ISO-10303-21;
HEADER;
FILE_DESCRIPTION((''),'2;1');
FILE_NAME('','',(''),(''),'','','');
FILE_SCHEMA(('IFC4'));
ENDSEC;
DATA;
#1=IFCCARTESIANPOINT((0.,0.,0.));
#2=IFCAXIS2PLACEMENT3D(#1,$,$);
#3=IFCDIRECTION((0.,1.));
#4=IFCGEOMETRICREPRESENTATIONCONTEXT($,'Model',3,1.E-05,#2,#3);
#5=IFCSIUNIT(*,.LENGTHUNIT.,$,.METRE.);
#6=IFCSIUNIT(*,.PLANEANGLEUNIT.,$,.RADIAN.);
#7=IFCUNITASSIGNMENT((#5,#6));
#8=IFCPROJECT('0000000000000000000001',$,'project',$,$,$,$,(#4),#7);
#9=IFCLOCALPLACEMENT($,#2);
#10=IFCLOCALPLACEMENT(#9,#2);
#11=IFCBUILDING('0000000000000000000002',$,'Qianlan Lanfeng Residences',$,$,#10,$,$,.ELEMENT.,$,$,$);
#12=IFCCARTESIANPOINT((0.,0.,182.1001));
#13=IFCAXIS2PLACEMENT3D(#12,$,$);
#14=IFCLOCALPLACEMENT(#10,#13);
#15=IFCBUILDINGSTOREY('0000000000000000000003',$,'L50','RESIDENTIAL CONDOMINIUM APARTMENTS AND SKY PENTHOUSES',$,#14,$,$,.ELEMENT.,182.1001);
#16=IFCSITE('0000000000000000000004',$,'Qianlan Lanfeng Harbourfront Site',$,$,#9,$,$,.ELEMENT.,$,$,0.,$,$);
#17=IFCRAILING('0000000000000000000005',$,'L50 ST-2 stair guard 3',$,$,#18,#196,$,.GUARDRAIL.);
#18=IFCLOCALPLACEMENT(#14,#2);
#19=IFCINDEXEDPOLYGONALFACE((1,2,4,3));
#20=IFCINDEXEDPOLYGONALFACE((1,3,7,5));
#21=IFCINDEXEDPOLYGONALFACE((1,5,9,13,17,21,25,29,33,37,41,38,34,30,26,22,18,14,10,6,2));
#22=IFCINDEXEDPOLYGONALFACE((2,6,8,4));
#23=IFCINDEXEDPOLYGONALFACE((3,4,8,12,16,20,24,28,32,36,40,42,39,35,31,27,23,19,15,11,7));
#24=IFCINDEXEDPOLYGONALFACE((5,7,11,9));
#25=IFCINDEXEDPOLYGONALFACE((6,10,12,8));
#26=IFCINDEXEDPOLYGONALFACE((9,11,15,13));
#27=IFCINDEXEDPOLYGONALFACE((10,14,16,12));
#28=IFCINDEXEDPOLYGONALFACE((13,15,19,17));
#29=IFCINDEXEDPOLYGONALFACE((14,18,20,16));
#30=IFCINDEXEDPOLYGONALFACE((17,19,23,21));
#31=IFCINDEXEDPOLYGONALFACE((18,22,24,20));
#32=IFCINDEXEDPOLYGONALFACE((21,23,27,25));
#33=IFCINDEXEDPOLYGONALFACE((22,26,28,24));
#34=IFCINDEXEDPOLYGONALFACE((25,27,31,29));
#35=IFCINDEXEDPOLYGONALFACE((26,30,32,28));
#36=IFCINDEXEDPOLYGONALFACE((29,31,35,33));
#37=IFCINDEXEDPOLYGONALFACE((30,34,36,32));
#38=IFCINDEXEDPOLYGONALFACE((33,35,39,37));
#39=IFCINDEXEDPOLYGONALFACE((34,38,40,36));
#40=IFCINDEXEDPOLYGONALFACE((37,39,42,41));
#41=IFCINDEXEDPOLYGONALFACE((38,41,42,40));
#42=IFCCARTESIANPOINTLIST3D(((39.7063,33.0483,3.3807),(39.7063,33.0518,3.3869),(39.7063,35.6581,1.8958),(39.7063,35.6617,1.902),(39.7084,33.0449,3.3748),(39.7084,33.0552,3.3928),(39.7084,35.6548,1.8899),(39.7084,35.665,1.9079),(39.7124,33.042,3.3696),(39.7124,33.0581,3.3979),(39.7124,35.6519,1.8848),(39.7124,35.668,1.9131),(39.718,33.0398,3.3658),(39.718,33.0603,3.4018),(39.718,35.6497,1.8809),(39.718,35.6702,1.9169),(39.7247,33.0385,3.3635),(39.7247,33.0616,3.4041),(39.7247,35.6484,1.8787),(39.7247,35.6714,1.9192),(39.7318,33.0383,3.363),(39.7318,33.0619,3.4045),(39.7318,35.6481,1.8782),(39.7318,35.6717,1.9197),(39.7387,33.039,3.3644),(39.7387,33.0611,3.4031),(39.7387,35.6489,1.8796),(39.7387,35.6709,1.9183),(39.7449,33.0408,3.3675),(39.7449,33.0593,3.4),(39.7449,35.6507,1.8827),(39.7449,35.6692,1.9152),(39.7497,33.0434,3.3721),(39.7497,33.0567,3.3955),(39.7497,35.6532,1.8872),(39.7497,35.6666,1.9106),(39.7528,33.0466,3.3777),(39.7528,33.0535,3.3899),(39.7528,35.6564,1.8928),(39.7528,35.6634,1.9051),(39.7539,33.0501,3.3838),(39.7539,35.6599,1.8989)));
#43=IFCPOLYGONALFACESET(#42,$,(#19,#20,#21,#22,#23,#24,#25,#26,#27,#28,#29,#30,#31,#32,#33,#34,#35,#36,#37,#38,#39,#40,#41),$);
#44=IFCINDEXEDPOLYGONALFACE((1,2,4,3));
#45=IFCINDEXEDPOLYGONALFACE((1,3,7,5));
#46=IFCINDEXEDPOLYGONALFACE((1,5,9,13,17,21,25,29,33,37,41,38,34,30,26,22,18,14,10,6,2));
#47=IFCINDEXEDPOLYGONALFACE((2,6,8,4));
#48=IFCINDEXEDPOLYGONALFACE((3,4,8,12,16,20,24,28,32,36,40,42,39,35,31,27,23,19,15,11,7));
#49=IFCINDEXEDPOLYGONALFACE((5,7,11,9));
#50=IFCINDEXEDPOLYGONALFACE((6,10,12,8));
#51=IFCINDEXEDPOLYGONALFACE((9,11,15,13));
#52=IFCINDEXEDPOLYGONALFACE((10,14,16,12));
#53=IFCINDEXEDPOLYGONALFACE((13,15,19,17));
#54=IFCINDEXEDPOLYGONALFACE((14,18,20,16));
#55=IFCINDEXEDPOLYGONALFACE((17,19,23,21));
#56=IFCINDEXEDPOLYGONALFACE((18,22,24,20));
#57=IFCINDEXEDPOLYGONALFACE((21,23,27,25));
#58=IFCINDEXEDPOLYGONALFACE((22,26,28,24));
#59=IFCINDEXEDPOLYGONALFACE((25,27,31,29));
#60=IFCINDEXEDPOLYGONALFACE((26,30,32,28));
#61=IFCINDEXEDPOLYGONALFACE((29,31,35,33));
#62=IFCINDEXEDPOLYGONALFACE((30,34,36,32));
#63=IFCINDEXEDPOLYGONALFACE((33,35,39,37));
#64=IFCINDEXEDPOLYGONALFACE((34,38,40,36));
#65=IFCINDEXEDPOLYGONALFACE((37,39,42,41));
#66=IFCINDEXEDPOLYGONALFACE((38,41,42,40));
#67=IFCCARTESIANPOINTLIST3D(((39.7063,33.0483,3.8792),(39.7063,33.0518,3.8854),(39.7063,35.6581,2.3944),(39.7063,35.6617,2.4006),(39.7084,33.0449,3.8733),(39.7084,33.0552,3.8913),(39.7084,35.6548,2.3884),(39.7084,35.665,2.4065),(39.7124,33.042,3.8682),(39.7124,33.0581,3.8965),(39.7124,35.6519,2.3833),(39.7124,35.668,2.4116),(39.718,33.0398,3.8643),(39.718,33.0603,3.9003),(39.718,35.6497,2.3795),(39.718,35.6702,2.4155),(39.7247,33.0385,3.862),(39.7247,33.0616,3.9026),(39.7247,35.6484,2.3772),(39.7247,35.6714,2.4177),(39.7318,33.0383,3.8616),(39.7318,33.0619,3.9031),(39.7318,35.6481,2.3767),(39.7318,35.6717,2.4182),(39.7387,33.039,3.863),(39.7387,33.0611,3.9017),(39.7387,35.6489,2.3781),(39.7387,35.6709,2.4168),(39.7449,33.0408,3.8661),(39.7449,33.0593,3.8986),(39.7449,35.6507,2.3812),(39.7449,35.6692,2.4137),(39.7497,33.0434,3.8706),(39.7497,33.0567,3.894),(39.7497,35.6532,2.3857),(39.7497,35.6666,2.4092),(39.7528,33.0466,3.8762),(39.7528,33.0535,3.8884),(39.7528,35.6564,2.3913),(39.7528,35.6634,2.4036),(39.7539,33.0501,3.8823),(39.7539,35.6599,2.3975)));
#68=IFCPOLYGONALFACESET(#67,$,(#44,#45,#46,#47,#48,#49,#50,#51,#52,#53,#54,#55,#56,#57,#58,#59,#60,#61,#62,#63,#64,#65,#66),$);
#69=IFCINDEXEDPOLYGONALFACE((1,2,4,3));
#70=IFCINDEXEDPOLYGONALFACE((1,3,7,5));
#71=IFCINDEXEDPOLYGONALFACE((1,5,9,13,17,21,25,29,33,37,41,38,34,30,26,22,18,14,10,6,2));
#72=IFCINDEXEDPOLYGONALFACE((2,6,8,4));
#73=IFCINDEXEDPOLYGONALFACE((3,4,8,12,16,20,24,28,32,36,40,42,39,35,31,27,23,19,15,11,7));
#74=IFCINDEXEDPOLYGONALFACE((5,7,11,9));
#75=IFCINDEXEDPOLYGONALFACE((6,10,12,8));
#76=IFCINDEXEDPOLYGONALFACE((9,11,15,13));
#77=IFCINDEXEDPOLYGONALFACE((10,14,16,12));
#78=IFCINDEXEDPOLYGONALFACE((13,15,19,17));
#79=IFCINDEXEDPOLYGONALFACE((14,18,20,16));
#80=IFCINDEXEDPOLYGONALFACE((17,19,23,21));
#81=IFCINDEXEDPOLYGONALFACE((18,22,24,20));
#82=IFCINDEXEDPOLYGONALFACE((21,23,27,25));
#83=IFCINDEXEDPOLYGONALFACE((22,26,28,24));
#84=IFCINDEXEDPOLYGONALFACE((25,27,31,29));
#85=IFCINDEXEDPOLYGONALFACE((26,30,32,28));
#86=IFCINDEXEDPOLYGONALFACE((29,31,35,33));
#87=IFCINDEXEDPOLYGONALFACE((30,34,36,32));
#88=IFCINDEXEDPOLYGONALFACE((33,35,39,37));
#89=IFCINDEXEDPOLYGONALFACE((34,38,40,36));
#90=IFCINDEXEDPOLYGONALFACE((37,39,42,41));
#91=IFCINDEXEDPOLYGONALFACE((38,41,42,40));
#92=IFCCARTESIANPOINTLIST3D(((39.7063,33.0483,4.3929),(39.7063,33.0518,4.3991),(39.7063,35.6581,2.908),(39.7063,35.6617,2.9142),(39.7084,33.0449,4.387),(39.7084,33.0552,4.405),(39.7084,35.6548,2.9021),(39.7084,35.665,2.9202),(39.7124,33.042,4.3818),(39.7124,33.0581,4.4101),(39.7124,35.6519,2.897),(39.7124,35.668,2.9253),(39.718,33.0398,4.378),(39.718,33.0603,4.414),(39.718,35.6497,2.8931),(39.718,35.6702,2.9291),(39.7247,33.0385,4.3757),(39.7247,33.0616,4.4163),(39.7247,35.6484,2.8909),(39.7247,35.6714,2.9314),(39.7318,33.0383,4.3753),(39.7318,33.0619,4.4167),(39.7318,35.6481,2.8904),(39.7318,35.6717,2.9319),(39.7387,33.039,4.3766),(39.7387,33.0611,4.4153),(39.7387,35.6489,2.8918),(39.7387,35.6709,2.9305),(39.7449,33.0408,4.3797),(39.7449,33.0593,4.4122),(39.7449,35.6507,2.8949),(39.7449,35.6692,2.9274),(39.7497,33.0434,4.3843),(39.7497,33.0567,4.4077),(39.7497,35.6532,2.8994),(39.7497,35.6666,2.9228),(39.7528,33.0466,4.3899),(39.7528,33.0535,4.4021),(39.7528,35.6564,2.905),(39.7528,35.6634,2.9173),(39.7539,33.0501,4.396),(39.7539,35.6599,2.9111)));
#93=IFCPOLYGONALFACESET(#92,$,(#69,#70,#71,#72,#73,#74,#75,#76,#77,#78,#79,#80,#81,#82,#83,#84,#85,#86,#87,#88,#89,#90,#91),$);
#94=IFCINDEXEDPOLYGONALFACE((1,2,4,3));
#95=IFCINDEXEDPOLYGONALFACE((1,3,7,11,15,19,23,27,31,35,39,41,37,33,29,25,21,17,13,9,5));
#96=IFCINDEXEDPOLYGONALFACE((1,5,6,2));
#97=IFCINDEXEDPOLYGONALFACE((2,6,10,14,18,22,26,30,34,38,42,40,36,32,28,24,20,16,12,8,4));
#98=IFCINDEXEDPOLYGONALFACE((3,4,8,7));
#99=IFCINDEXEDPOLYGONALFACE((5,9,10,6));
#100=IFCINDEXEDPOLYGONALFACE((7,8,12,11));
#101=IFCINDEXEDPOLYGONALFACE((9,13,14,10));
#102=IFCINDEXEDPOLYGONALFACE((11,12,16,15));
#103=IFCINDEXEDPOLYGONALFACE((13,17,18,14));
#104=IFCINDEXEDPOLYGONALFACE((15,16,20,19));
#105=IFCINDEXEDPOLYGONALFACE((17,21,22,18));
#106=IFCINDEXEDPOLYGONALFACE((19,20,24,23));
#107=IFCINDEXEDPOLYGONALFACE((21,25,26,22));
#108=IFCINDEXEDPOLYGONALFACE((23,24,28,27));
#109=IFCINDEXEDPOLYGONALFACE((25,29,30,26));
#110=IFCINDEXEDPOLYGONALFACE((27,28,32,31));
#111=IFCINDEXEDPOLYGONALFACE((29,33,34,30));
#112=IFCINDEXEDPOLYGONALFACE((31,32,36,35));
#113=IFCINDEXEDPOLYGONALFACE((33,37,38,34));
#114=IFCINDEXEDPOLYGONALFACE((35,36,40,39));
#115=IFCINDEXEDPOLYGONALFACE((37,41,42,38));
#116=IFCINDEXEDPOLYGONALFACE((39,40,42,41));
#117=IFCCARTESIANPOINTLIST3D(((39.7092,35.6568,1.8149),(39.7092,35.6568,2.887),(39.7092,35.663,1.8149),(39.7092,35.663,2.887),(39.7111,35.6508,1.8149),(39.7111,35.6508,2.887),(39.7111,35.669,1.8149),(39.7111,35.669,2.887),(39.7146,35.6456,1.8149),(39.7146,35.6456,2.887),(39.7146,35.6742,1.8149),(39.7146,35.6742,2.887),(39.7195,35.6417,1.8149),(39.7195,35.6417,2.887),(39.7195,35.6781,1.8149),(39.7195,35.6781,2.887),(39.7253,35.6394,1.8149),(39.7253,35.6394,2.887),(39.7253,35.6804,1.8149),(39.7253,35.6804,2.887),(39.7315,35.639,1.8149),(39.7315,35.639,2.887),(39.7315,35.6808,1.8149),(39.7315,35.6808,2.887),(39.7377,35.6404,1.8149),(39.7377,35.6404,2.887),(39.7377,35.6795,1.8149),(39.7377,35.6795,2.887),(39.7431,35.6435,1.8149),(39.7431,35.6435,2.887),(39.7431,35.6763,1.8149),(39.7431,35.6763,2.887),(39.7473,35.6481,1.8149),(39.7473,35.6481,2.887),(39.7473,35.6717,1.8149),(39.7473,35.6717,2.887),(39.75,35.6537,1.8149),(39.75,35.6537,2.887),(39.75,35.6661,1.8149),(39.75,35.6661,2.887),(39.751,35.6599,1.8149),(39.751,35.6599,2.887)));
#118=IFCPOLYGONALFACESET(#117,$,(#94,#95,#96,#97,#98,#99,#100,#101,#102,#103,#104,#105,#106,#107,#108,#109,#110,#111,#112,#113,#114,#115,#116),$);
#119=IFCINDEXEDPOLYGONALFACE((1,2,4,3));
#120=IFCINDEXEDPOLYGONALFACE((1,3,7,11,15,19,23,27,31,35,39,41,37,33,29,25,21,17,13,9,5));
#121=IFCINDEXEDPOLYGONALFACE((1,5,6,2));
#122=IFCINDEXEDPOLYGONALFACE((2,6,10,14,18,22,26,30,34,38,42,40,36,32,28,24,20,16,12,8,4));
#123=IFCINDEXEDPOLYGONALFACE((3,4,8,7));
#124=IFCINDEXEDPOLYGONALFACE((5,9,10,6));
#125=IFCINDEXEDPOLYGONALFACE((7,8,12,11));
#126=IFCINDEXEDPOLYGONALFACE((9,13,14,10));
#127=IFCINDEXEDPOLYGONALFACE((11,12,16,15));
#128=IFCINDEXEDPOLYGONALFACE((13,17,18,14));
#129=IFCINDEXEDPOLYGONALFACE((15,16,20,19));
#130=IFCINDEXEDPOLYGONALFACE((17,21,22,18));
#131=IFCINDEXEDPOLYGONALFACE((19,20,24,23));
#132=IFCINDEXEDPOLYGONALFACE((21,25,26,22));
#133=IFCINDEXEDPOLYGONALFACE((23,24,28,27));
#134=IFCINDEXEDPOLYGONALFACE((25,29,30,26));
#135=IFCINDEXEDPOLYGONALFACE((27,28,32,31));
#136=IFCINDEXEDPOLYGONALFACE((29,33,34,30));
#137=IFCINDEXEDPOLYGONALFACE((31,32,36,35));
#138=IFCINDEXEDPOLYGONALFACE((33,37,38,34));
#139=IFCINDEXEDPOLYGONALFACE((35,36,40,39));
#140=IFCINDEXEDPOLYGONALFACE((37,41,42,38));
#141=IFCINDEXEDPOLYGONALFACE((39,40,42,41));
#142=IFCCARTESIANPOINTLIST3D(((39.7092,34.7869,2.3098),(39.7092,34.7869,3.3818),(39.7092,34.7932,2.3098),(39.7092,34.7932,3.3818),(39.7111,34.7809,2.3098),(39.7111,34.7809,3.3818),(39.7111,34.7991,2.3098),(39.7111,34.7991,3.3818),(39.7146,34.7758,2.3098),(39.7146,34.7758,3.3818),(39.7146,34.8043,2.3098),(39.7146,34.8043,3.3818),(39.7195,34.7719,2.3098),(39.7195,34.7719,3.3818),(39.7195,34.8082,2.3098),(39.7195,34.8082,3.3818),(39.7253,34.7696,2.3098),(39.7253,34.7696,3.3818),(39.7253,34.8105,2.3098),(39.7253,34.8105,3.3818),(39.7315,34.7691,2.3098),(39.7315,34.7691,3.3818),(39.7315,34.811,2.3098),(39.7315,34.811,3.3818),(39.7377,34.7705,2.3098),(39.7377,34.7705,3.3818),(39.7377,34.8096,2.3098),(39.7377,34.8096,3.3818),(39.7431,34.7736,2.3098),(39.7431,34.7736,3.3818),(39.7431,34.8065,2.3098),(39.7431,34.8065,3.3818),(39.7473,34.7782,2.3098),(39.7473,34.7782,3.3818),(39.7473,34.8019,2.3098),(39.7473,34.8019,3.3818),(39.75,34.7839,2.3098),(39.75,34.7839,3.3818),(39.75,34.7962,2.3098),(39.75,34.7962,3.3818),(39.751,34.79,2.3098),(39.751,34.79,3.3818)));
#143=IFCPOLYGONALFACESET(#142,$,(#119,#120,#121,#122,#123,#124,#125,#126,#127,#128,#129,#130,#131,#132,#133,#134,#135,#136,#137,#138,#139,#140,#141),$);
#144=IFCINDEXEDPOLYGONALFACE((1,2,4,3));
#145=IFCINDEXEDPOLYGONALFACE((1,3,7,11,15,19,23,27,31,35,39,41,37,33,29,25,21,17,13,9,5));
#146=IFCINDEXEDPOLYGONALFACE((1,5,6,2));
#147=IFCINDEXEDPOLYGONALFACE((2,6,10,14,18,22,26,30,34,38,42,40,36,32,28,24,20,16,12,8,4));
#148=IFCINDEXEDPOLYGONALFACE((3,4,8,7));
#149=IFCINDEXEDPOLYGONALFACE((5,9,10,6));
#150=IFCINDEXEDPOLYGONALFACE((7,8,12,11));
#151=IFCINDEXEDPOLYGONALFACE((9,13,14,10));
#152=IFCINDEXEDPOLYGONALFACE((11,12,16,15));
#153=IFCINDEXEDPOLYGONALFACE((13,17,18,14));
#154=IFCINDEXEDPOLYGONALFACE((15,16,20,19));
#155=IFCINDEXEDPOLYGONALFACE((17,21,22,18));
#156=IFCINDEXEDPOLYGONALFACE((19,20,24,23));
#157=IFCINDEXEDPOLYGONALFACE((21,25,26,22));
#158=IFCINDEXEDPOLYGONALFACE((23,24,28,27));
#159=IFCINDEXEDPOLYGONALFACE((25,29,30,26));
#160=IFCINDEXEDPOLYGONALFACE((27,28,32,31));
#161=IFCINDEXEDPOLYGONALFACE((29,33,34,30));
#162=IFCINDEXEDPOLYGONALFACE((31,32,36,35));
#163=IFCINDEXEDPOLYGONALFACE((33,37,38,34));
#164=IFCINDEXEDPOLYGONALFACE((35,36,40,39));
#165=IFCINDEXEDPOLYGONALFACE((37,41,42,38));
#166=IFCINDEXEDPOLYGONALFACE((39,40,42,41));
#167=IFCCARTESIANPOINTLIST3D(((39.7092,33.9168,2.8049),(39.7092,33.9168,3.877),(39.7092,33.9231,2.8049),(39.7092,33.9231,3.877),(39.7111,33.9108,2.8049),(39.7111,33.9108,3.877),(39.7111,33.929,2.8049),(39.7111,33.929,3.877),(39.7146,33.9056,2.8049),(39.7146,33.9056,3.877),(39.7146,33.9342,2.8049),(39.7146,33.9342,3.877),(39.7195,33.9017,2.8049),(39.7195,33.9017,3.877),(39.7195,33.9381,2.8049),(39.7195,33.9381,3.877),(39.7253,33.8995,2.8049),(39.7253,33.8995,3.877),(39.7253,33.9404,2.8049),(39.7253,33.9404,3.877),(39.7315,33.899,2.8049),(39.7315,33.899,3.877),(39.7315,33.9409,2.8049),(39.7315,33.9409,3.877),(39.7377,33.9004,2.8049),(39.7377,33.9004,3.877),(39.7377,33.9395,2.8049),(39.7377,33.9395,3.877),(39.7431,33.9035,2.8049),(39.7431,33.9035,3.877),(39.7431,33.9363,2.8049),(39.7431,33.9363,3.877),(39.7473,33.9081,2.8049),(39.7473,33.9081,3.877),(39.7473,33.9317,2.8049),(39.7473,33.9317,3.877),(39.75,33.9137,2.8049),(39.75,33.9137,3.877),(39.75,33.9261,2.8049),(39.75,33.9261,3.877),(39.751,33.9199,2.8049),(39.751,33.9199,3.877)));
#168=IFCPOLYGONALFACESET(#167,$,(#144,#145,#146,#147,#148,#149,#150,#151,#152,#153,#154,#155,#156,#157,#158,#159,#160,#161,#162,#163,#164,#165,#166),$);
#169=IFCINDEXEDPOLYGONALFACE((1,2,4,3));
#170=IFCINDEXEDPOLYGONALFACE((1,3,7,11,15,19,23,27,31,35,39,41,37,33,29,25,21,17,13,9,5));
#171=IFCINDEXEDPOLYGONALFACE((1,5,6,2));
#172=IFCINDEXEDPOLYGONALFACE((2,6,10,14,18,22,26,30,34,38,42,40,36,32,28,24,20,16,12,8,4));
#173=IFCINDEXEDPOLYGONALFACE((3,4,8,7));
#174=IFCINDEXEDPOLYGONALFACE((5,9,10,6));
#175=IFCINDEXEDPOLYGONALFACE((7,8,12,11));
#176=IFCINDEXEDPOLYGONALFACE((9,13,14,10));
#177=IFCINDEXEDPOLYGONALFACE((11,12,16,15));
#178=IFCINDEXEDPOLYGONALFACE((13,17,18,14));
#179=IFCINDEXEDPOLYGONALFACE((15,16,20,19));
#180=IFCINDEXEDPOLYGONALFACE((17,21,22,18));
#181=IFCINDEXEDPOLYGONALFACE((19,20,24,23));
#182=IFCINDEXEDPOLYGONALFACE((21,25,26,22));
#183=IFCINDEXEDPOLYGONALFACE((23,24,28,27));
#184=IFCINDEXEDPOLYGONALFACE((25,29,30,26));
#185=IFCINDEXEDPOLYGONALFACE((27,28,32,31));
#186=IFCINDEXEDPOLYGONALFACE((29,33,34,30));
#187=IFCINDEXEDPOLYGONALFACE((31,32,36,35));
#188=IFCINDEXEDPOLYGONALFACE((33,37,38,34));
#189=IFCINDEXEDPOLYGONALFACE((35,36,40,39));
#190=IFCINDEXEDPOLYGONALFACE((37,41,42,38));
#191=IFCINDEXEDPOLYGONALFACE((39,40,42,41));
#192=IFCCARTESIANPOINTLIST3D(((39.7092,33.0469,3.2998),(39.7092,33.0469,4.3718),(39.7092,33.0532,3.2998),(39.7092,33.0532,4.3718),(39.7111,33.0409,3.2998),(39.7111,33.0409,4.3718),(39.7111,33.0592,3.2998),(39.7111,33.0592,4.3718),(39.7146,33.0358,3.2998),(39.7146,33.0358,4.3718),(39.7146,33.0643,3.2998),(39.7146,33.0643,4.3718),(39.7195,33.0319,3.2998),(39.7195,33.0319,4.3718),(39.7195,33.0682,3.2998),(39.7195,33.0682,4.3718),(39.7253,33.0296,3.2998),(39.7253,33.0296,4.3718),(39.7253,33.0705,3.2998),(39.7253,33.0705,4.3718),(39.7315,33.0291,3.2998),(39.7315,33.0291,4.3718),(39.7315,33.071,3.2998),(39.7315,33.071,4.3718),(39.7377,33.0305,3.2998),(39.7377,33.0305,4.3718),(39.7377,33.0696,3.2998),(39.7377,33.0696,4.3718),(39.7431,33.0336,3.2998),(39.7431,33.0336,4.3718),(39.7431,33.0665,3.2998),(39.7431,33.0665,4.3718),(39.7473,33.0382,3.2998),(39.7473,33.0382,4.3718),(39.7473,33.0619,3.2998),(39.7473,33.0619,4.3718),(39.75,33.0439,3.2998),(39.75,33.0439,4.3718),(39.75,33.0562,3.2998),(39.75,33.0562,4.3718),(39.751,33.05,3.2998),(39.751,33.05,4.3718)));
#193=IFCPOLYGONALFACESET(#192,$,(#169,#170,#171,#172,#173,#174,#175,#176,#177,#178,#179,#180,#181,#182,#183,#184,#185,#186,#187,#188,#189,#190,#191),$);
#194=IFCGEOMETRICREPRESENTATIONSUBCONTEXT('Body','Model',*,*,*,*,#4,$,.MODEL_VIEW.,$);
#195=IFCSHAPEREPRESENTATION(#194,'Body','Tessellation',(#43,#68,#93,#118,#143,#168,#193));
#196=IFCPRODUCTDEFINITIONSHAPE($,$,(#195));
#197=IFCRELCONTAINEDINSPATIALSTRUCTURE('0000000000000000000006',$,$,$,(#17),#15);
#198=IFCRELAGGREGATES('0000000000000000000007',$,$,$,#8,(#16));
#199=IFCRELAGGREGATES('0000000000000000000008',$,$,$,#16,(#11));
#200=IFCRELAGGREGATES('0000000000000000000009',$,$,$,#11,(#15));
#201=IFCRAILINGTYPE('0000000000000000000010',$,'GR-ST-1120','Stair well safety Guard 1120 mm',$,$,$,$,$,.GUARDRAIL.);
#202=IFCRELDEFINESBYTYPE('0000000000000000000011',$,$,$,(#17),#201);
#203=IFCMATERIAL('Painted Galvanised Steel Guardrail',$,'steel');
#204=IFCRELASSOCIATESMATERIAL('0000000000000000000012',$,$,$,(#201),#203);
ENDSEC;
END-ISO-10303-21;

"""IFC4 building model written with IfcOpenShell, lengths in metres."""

from ifc_helpers import new_model, si_unit, direction, frame, origin, origin_2d, place, context, subcontext, project, spatial, circle, extrude, material, type_object, element, save


model = new_model("IFC4")

# Units and contexts
model_context = context("Model", 3, precision=1e-05, world=origin(), true_north=direction((0.0, 1.0)))
body_context = subcontext(model_context, "Body", "Model", "MODEL_VIEW")
ifc_project = project(units=[si_unit("LENGTHUNIT", "METRE"), si_unit("PLANEANGLEUNIT", "RADIAN")], contexts=[model_context])

# Site, building, storey
site_placement = place(None, origin())
site = spatial("IfcSite", under=ifc_project, at=site_placement, Name="Qianlan Lanfeng Harbourfront Site", CompositionType="ELEMENT", RefElevation=0.0)
building_placement = place(site_placement, origin())
building = spatial("IfcBuilding", under=site, at=building_placement, Name="Qianlan Lanfeng Residences", CompositionType="ELEMENT")
storey_placement = place(building_placement, frame((0.0, 0.0, 182.1001)))
storey = spatial("IfcBuildingStorey", under=building, at=storey_placement, Name="L50", Description="RESIDENTIAL CONDOMINIUM APARTMENTS AND SKY PENTHOUSES", CompositionType="ELEMENT", Elevation=182.1001)

# Railing
ifc_material_1 = material(Name="Painted Galvanised Steel Guardrail", Category="steel")
railing_type_1 = type_object("IfcRailingType", Name="GR-ST-1120", Description="Stair well safety Guard 1120 mm", PredefinedType="GUARDRAIL", material=ifc_material_1)
railing_1_placement = place(storey_placement, frame((39.73, 35.6599, 1.8149)))
element("IfcRailing", 1, at=railing_1_placement, inside=storey, type_object=railing_type_1, Name="L50 ST-2 stair guard 3", PredefinedType="GUARDRAIL", context=body_context, shape_type="SweptSolid", body=[
    extrude(circle(Radius=0.0239, at=origin_2d()), frame((0.0, 0.0, 0.084), z_axis=(0.0, -0.869172, 0.494509), x_axis=(1.0, 0.0, 0.0)), (0.0, 0.0, 1.0), 3.0027),
    extrude(circle(Radius=0.0239, at=origin_2d()), frame((0.0, 0.0, 0.5825), z_axis=(0.0, -0.869172, 0.494509), x_axis=(1.0, 0.0, 0.0)), (0.0, 0.0, 1.0), 3.0027),
    extrude(circle(Radius=0.0239, at=origin_2d()), frame((0.0, 0.0, 1.0962), z_axis=(0.0, -0.869172, 0.494509), x_axis=(1.0, 0.0, 0.0)), (0.0, 0.0, 1.0), 3.0027),
    extrude(circle(Radius=0.021, at=origin_2d()), origin(), (0.0, 0.0, 1.0), 1.072),
    extrude(circle(Radius=0.021, at=origin_2d()), frame((0.0, -0.8699, 0.4949)), (0.0, 0.0, 1.0), 1.072),
    extrude(circle(Radius=0.021, at=origin_2d()), frame((0.0, -1.74, 0.99)), (0.0, 0.0, 1.0), 1.072),
    extrude(circle(Radius=0.021, at=origin_2d()), frame((0.0, -2.6099, 1.4849)), (0.0, 0.0, 1.0), 1.072),
])

save(model, "model.ifc")
